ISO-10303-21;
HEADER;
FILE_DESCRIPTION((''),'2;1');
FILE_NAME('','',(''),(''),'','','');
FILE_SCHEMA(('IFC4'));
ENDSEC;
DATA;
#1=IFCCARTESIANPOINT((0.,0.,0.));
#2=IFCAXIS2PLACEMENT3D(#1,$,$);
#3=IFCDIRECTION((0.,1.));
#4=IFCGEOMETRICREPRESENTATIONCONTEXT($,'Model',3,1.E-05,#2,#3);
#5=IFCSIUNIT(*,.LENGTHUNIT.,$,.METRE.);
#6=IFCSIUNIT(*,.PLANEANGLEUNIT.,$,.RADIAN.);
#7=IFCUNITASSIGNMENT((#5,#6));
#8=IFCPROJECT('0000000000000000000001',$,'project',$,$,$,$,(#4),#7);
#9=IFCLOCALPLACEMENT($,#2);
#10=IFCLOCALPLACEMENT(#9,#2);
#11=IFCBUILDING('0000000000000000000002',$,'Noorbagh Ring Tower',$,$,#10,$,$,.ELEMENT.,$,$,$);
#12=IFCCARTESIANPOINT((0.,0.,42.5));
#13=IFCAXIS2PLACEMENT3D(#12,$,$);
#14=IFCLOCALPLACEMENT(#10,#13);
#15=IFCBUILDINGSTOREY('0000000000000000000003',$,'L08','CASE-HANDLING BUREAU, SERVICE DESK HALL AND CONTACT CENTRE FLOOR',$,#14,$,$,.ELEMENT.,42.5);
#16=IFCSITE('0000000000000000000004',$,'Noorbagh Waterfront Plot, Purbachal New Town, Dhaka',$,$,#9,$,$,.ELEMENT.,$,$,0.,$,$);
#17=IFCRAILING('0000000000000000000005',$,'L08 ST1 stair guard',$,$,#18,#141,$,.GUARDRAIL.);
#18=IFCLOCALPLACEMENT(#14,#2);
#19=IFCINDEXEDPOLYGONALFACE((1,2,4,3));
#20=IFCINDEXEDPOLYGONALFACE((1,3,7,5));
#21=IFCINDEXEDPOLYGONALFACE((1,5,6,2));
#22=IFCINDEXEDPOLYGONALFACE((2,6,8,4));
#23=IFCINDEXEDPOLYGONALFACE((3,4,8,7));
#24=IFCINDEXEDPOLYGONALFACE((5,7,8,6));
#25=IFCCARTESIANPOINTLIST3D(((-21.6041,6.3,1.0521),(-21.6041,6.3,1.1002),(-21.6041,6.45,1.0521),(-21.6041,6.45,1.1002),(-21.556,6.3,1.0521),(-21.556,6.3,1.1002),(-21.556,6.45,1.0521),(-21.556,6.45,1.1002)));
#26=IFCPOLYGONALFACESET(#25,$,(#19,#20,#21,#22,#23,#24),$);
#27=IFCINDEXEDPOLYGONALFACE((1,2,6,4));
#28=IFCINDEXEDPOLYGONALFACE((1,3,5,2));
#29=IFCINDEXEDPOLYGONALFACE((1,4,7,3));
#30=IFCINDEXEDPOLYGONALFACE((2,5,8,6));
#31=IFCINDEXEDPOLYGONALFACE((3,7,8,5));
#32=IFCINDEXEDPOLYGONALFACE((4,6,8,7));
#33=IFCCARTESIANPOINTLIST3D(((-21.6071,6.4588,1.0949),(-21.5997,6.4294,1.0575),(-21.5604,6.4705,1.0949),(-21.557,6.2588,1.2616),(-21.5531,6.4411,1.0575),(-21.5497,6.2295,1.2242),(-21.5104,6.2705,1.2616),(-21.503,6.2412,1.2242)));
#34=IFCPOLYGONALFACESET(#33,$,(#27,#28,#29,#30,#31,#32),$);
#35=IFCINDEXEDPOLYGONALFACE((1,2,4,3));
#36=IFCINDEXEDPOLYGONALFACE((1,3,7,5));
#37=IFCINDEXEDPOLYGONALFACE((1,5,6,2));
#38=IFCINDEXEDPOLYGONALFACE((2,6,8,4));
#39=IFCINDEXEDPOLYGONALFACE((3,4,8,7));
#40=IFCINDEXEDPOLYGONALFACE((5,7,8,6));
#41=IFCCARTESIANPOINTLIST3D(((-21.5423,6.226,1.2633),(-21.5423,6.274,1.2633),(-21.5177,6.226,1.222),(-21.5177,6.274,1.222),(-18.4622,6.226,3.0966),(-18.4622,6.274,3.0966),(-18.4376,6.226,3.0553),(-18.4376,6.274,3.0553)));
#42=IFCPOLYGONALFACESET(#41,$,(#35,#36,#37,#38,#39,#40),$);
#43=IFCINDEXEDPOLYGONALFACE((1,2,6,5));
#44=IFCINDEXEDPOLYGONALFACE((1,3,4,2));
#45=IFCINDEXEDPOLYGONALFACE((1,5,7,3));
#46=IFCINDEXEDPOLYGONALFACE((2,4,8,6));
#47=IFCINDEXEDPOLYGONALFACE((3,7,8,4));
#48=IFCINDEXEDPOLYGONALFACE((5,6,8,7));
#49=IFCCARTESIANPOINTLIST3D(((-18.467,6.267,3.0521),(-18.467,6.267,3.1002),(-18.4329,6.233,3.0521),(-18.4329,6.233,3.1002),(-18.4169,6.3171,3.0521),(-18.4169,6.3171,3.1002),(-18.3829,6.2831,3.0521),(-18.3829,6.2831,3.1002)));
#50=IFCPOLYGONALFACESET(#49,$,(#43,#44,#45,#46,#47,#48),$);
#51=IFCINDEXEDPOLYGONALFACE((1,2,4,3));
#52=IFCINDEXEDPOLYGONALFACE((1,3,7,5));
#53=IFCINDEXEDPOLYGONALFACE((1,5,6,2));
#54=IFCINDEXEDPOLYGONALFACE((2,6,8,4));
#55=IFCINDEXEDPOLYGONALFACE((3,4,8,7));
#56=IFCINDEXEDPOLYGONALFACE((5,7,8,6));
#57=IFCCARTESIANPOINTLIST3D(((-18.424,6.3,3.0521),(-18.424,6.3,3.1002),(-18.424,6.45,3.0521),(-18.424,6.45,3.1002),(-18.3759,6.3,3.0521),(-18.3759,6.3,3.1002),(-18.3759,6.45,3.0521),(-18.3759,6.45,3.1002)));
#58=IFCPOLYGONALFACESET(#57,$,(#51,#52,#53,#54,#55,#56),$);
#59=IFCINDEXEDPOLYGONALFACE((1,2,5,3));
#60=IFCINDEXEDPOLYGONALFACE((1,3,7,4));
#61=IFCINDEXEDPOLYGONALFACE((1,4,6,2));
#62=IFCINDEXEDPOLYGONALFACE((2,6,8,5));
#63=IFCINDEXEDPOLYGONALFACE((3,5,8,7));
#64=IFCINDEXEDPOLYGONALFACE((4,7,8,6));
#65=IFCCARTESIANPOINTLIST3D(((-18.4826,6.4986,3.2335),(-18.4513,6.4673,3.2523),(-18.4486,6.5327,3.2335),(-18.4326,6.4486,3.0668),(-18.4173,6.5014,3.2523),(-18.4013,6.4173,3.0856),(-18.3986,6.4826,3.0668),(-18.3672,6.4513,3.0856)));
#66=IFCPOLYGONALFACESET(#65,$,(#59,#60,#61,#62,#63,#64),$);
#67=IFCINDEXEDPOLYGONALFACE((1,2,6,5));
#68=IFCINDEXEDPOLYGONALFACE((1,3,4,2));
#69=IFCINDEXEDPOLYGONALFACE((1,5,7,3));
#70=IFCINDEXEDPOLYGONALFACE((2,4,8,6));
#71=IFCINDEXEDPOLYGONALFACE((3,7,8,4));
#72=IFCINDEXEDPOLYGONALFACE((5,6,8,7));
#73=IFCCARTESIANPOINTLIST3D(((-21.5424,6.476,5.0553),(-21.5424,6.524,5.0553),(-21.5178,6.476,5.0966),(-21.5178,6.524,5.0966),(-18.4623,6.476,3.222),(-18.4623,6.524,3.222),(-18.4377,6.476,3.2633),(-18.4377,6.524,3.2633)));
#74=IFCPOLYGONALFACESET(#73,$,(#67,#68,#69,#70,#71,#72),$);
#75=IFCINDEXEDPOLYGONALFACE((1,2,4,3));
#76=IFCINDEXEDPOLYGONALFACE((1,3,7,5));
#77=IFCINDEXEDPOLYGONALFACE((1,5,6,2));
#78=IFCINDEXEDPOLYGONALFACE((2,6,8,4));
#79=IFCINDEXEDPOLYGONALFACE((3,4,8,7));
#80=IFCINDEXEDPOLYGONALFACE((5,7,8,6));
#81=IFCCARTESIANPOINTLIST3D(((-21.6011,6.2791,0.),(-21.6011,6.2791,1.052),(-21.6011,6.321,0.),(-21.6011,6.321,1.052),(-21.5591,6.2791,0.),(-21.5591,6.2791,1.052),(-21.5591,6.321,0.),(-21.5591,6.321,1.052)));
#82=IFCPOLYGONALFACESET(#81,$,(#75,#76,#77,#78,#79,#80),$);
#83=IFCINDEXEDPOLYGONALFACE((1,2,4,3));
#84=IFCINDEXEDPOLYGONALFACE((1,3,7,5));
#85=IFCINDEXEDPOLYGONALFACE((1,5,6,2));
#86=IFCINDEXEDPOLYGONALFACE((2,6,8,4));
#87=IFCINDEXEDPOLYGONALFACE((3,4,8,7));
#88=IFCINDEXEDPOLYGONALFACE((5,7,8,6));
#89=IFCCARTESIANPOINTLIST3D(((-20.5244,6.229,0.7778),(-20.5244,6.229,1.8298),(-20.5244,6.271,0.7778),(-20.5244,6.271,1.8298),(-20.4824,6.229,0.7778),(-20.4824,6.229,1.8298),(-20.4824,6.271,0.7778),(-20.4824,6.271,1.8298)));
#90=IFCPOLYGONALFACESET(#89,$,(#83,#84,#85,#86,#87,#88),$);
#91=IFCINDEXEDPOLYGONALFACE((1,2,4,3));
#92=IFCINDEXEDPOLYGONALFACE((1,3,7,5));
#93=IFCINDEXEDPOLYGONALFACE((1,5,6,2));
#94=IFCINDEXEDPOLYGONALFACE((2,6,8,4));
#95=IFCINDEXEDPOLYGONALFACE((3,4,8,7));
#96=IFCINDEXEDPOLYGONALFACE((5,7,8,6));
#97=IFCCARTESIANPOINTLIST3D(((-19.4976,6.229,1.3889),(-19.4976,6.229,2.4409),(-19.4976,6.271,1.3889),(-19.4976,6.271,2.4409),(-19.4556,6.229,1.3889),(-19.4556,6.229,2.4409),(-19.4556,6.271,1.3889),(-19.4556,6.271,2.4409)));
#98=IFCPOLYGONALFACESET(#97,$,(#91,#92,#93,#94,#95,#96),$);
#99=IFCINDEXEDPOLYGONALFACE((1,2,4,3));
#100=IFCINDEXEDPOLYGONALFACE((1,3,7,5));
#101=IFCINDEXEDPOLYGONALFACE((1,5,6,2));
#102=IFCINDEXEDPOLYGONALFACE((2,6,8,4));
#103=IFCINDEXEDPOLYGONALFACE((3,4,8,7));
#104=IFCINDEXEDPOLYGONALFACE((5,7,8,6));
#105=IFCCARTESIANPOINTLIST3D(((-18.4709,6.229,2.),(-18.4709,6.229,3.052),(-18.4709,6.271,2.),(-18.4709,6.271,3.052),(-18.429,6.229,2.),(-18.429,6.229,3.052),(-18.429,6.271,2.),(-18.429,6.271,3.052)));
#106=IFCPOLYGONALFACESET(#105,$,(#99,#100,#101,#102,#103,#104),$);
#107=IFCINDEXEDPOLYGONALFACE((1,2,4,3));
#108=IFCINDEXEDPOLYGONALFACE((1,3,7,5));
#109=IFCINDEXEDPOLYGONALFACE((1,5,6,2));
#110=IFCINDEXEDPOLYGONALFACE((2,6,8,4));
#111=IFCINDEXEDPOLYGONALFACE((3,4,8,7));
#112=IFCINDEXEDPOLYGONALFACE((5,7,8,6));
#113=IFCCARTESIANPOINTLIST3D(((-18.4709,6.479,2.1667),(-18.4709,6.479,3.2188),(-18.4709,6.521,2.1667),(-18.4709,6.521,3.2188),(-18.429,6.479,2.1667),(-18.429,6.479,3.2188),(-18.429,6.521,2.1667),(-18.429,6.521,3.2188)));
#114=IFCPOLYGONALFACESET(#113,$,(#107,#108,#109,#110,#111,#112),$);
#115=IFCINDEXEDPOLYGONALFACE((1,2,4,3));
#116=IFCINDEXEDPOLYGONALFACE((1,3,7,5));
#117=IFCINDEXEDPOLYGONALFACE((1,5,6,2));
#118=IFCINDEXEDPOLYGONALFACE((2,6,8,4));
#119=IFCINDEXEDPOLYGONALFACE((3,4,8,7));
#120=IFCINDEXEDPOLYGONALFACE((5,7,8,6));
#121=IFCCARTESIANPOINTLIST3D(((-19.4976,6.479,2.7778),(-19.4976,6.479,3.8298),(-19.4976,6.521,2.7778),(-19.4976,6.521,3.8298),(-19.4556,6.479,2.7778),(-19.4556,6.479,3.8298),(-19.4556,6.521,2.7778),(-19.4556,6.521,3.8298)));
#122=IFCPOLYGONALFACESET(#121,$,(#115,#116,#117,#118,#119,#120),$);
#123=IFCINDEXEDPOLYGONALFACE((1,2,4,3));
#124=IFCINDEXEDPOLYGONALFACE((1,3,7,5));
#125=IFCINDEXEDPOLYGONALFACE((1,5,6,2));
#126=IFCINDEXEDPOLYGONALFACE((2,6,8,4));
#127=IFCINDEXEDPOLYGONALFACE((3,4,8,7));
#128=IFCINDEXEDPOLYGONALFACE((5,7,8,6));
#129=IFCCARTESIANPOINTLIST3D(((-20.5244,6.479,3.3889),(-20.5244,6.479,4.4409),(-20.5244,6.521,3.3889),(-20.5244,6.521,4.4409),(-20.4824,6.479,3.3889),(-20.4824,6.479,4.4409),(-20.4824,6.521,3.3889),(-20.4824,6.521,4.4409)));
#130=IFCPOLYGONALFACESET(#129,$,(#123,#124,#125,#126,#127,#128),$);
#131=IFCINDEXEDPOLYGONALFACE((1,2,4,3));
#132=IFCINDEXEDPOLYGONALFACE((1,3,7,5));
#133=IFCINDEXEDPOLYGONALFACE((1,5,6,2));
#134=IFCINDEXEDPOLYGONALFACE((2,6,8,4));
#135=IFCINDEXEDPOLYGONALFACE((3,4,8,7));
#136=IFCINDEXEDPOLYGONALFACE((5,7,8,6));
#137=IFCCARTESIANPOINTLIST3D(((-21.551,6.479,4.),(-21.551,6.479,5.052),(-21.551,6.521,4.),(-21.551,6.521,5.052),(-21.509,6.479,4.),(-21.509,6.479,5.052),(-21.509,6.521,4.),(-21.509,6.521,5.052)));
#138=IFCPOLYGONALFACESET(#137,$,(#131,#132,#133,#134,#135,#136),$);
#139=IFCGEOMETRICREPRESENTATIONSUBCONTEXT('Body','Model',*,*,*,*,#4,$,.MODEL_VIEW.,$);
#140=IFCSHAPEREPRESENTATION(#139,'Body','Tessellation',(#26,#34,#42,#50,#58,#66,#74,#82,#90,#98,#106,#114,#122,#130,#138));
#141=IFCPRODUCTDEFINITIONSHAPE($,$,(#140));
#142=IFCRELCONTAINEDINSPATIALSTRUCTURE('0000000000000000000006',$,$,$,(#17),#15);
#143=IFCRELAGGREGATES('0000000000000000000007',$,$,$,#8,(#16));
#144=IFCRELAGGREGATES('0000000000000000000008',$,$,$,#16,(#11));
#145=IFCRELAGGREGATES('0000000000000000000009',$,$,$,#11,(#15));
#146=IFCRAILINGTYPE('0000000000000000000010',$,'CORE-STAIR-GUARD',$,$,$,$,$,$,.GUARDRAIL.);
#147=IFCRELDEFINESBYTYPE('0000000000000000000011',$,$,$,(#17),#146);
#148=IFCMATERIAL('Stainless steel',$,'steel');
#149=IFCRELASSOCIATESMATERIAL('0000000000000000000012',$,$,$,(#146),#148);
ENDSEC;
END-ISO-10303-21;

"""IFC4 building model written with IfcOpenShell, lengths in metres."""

from ifc_helpers import new_model, si_unit, direction, frame, origin, origin_2d, place, context, subcontext, project, spatial, rectangle, extrude, material, type_object, element, save


model = new_model("IFC4")

# Units and contexts
model_context = context("Model", 3, precision=1e-05, world=origin(), true_north=direction((0.0, 1.0)))
body_context = subcontext(model_context, "Body", "Model", "MODEL_VIEW")
ifc_project = project(units=[si_unit("LENGTHUNIT", "METRE"), si_unit("PLANEANGLEUNIT", "RADIAN")], contexts=[model_context])

# Site, building, storey
site_placement = place(None, origin())
site = spatial("IfcSite", under=ifc_project, at=site_placement, Name="Noorbagh Waterfront Plot, Purbachal New Town, Dhaka", CompositionType="ELEMENT", RefElevation=0.0)
building_placement = place(site_placement, origin())
building = spatial("IfcBuilding", under=site, at=building_placement, Name="Noorbagh Ring Tower", CompositionType="ELEMENT")
storey_placement = place(building_placement, frame((0.0, 0.0, 42.5)))
storey = spatial("IfcBuildingStorey", under=building, at=storey_placement, Name="L08", Description="CASE-HANDLING BUREAU, SERVICE DESK HALL AND CONTACT CENTRE FLOOR", CompositionType="ELEMENT", Elevation=42.5)

# Railing
ifc_material_1 = material(Name="Stainless steel", Category="steel")
railing_type_1 = type_object("IfcRailingType", Name="CORE-STAIR-GUARD", PredefinedType="GUARDRAIL", material=ifc_material_1)
railing_1_placement = place(storey_placement, frame((-21.5801, 6.3, 0.0)))
element("IfcRailing", 1, at=railing_1_placement, inside=storey, type_object=railing_type_1, Name="L08 ST1 stair guard", PredefinedType="GUARDRAIL", context=body_context, shape_type="SweptSolid", body=[
    extrude(rectangle(XDim=0.0481, YDim=0.0481, at=origin_2d()), frame((0.0, 0.0, 1.0762), z_axis=(0.0, 1.0, 0.0), x_axis=(-1.0, 0.0, 0.0)), (0.0, 0.0, 1.0), 0.1499),
    extrude(rectangle(XDim=0.0481, YDim=0.0481, at=origin_2d()), frame((0.0, 0.1499, 1.0762), z_axis=(0.188776, -0.754182, 0.628946), x_axis=(0.970073, 0.242814, 0.0)), (0.0, 0.0, 1.0), 0.2651),
    extrude(rectangle(XDim=0.0481, YDim=0.0481, at=origin_2d()), frame((0.05, -0.05, 1.2427), z_axis=(0.859309, 0.0, 0.511458), x_axis=(0.0, 1.0, 0.0)), (0.0, 0.0, 1.0), 3.5845),
    extrude(rectangle(XDim=0.0481, YDim=0.0481, at=origin_2d()), frame((3.1301, -0.05, 3.0762), z_axis=(0.707107, 0.707107, 0.0), x_axis=(-0.707107, 0.707107, 0.0)), (0.0, 0.0, 1.0), 0.0708),
    extrude(rectangle(XDim=0.0481, YDim=0.0481, at=origin_2d()), frame((3.1802, 0.0, 3.0762), z_axis=(0.0, 1.0, 0.0), x_axis=(-1.0, 0.0, 0.0)), (0.0, 0.0, 1.0), 0.1499),
    extrude(rectangle(XDim=0.0481, YDim=0.0481, at=origin_2d()), frame((3.1802, 0.1499, 3.0762), z_axis=(-0.276287, 0.276287, 0.920506), x_axis=(-0.707107, -0.707107, 0.0)), (0.0, 0.0, 1.0), 0.1812),
    extrude(rectangle(XDim=0.0481, YDim=0.0481, at=origin_2d()), frame((3.1301, 0.2, 3.2427), z_axis=(-0.859309, 0.0, 0.511458), x_axis=(0.0, -1.0, 0.0)), (0.0, 0.0, 1.0), 3.5845),
    extrude(rectangle(XDim=0.042, YDim=0.042, at=origin_2d()), origin(), (0.0, 0.0, 1.0), 1.052),
    extrude(rectangle(XDim=0.042, YDim=0.042, at=origin_2d()), frame((1.0767, -0.05, 0.7778)), (0.0, 0.0, 1.0), 1.052),
    extrude(rectangle(XDim=0.042, YDim=0.042, at=origin_2d()), frame((2.1035, -0.05, 1.3889)), (0.0, 0.0, 1.0), 1.052),
    extrude(rectangle(XDim=0.042, YDim=0.042, at=origin_2d()), frame((3.1301, -0.05, 2.0)), (0.0, 0.0, 1.0), 1.052),
    extrude(rectangle(XDim=0.042, YDim=0.042, at=origin_2d()), frame((3.1301, 0.2, 2.1667)), (0.0, 0.0, 1.0), 1.052),
    extrude(rectangle(XDim=0.042, YDim=0.042, at=origin_2d()), frame((2.1035, 0.2, 2.7778)), (0.0, 0.0, 1.0), 1.052),
    extrude(rectangle(XDim=0.042, YDim=0.042, at=origin_2d()), frame((1.0767, 0.2, 3.3889)), (0.0, 0.0, 1.0), 1.052),
    extrude(rectangle(XDim=0.042, YDim=0.042, at=origin_2d()), frame((0.05, 0.2, 4.0)), (0.0, 0.0, 1.0), 1.052),
])

save(model, "model.ifc")
